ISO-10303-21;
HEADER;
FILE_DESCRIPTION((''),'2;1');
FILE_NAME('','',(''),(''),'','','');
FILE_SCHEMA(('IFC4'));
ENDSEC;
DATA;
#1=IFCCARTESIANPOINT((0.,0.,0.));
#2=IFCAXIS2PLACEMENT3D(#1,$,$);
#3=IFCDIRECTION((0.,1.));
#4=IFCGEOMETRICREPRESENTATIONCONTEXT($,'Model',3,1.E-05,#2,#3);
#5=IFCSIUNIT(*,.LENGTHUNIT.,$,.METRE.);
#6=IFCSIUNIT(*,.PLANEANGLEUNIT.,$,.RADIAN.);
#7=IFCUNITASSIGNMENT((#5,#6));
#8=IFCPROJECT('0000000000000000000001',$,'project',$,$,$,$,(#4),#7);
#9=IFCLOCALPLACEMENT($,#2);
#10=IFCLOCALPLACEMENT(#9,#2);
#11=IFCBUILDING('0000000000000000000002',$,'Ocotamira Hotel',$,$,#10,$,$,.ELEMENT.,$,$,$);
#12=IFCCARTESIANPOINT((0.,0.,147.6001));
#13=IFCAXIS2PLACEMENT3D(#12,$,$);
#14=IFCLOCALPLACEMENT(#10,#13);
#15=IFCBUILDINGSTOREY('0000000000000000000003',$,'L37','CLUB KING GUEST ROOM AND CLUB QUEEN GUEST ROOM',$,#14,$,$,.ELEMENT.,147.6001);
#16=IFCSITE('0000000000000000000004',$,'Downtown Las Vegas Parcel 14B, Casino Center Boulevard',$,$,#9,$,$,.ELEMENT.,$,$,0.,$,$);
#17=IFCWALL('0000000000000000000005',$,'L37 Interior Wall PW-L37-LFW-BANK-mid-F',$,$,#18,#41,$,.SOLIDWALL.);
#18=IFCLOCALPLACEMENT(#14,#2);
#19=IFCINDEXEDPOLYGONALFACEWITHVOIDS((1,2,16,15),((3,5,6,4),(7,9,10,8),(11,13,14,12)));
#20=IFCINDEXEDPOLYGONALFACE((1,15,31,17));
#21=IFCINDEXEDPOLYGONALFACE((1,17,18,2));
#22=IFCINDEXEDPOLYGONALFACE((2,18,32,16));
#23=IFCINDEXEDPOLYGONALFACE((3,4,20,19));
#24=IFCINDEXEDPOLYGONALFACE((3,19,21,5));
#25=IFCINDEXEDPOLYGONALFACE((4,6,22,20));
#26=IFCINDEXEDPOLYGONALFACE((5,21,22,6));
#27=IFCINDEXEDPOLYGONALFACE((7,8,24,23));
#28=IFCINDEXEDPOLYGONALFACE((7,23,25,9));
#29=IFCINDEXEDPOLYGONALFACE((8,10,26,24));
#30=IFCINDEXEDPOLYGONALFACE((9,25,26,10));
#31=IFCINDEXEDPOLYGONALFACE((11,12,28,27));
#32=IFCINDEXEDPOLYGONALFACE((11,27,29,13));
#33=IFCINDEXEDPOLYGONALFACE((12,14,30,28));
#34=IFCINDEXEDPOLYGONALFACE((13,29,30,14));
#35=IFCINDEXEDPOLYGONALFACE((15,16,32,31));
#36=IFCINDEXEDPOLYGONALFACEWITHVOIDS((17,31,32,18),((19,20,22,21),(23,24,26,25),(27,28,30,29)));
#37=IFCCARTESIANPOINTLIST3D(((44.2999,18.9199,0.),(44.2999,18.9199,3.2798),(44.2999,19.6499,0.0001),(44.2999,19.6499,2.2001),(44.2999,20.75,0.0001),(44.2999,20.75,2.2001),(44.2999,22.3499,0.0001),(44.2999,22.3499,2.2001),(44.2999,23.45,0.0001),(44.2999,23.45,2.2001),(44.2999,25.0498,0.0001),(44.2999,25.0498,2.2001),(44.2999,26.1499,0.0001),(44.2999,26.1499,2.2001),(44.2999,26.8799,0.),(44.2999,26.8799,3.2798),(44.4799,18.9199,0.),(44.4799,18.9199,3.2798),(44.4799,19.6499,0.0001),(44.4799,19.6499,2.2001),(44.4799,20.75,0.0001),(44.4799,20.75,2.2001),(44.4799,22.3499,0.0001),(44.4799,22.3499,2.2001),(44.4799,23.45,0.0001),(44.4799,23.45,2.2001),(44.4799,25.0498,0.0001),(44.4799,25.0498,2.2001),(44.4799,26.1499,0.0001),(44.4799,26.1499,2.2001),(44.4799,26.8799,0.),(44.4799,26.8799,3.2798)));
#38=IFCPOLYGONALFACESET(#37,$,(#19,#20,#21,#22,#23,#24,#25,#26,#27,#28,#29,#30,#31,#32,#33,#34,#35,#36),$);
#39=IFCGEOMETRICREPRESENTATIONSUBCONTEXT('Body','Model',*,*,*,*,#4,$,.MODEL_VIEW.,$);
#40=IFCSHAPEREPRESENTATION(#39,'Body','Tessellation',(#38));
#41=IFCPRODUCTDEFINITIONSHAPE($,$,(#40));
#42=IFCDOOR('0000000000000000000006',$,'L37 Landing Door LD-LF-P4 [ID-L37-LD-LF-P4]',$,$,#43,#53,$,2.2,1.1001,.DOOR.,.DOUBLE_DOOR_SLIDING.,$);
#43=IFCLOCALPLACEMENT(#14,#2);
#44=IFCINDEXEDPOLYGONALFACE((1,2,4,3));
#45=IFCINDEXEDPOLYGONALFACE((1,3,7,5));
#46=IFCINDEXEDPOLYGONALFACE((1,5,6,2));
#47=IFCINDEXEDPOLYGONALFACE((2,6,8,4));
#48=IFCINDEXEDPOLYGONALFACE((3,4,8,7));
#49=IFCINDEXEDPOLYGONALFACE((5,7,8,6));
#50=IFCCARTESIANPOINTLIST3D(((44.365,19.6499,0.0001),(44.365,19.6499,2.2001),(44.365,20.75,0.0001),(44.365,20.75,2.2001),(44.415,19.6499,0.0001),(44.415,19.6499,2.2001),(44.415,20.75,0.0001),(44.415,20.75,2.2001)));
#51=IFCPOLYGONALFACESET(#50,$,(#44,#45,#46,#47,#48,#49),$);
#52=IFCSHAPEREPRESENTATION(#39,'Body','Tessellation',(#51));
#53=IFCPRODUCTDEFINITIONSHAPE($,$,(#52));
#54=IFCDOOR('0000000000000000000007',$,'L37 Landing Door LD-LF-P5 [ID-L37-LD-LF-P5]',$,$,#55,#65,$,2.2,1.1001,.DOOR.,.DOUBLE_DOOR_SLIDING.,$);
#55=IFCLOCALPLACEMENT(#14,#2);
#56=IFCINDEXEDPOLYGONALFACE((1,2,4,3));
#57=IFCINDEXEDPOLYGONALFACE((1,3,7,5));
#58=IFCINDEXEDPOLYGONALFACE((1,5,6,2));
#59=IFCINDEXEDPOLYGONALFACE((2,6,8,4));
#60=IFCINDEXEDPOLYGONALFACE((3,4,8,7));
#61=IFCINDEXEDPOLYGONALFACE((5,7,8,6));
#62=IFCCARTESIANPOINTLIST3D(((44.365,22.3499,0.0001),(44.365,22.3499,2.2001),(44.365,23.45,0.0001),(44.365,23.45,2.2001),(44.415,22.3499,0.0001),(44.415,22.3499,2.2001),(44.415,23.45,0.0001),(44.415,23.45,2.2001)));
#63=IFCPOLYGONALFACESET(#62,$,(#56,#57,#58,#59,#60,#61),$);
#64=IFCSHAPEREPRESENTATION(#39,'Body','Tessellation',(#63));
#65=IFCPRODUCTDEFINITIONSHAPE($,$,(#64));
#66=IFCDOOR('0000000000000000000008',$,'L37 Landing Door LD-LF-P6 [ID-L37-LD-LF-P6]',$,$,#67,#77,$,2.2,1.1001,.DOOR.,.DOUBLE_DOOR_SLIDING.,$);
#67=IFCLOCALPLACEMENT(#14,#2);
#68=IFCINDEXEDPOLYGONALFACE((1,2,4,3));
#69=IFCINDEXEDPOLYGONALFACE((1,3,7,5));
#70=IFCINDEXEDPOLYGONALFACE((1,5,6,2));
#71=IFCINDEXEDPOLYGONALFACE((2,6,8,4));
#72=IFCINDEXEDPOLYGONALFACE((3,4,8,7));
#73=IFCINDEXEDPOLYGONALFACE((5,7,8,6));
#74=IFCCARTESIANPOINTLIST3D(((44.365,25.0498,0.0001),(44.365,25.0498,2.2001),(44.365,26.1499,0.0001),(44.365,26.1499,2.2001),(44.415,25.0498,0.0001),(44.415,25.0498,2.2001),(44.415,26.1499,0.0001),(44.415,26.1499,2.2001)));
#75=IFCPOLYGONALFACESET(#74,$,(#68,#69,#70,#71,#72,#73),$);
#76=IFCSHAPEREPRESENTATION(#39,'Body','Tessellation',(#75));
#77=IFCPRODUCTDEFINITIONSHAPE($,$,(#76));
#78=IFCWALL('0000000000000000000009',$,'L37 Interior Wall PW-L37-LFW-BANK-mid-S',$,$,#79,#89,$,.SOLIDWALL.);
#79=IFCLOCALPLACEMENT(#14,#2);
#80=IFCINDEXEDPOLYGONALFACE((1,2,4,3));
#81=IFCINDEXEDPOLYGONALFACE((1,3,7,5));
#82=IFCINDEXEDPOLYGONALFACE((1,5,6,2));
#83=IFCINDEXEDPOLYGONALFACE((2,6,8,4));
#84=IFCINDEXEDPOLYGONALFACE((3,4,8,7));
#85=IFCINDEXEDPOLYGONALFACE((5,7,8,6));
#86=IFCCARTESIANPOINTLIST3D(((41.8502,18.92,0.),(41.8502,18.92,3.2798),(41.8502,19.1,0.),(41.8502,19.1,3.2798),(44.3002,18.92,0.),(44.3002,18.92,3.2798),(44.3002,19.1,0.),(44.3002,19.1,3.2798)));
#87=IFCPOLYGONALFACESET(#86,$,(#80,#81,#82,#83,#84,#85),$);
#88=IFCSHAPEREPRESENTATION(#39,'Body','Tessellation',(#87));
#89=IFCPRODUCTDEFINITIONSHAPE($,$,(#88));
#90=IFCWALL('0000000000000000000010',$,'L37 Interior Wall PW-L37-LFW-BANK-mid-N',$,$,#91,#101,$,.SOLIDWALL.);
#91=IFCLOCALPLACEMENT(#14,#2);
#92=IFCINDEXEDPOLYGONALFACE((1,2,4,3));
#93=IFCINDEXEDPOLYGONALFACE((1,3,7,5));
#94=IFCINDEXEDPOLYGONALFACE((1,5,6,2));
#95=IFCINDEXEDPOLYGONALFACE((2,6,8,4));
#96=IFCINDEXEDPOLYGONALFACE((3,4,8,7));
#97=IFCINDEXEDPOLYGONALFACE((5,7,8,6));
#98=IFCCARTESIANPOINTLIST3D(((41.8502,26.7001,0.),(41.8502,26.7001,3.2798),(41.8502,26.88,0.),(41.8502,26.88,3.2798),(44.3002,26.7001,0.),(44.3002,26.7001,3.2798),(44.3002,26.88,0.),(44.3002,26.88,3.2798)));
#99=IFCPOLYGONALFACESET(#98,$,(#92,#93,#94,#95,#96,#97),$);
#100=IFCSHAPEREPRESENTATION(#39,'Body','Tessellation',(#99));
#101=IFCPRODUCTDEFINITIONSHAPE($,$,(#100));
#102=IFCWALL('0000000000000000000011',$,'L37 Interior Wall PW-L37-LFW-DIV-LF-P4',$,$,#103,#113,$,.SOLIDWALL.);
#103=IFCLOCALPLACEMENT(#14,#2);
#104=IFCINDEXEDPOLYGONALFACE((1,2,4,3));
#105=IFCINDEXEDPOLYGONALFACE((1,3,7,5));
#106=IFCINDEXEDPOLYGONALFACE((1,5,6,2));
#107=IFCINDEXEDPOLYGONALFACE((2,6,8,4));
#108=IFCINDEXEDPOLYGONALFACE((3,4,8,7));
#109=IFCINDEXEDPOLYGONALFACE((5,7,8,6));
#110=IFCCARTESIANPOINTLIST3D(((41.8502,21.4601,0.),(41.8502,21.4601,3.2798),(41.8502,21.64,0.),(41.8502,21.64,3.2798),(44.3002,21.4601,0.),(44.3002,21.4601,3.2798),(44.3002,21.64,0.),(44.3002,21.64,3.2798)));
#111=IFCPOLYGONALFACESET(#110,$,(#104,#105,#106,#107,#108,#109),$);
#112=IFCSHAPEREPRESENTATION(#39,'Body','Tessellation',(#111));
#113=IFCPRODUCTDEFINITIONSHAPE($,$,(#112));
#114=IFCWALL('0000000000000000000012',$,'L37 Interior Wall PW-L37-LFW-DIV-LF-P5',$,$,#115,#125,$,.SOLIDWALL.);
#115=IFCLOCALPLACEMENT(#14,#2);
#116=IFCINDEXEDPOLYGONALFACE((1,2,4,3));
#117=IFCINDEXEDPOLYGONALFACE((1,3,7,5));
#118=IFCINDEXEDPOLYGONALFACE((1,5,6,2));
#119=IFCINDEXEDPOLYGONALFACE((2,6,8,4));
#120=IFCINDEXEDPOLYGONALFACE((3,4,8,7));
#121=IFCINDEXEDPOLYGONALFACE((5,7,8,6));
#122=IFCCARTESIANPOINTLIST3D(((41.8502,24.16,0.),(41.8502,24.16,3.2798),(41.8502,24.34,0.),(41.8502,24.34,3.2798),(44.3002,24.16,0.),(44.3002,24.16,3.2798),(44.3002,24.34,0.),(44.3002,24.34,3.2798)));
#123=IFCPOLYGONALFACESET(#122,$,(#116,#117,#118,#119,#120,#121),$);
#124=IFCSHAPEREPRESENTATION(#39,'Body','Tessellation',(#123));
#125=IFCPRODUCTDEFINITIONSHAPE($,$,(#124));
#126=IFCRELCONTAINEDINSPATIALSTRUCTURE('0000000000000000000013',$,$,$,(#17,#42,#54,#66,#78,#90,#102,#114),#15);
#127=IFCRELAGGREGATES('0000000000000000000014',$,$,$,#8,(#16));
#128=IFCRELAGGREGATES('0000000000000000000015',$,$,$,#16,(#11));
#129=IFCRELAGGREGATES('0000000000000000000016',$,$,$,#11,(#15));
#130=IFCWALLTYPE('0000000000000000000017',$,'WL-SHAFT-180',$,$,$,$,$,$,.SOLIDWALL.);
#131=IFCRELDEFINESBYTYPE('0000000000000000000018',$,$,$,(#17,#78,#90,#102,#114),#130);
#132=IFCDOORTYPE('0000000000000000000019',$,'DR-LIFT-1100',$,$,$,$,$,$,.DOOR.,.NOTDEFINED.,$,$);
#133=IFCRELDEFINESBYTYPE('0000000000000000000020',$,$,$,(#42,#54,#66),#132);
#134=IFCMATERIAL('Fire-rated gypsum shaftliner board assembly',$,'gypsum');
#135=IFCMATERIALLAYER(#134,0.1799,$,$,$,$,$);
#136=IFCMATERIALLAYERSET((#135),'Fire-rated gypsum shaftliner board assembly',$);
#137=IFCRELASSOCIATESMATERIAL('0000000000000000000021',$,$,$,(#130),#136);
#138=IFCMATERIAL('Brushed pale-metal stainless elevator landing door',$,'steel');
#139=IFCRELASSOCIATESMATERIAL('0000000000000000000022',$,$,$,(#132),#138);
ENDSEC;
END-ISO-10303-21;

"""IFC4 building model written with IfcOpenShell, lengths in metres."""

from ifc_helpers import new_model, si_unit, direction, frame, frame_2d, origin, place, context, subcontext, project, spatial, rectangle, extrude, source, transform, mapped, material, layer, layer_set, type_object, element, fill, save


model = new_model("IFC4")

# Units and contexts
model_context = context("Model", 3, precision=1e-05, world=origin(), true_north=direction((0.0, 1.0)))
body_context = subcontext(model_context, "Body", "Model", "MODEL_VIEW")
ifc_project = project(units=[si_unit("LENGTHUNIT", "METRE"), si_unit("PLANEANGLEUNIT", "RADIAN")], contexts=[model_context])

# Site, building, storey
site_placement = place(None, origin())
site = spatial("IfcSite", under=ifc_project, at=site_placement, Name="Downtown Las Vegas Parcel 14B, Casino Center Boulevard", CompositionType="ELEMENT", RefElevation=0.0)
building_placement = place(site_placement, origin())
building = spatial("IfcBuilding", under=site, at=building_placement, Name="Ocotamira Hotel", CompositionType="ELEMENT")
storey_placement = place(building_placement, frame((0.0, 0.0, 147.6001)))
storey = spatial("IfcBuildingStorey", under=building, at=storey_placement, Name="L37", Description="CLUB KING GUEST ROOM AND CLUB QUEEN GUEST ROOM", CompositionType="ELEMENT", Elevation=147.6001)

# Wall, openings, doors
ifc_material_1 = material(Name="Fire-rated gypsum shaftliner board assembly", Category="gypsum")
ifc_layer_1 = layer(ifc_material_1, 0.1799)
ifc_layer_set_1 = layer_set([ifc_layer_1], Name="Fire-rated gypsum shaftliner board assembly")
wall_type_1 = type_object("IfcWallType", Name="WL-SHAFT-180", PredefinedType="SOLIDWALL", material=ifc_layer_set_1)
wall_1_placement = place(storey_placement, frame((44.3899, 18.9199, 0.0), z_axis=(0.0, 0.0, 1.0), x_axis=(0.0, 1.0, 0.0)))
wall_1 = element("IfcWall", 1, at=wall_1_placement, inside=storey, type_object=wall_type_1, Name="L37 Interior Wall PW-L37-LFW-BANK-mid-F", PredefinedType="SOLIDWALL", context=body_context, shape_type="SweptSolid", body=[
    extrude(rectangle(XDim=7.96, YDim=0.1799, at=frame_2d((3.98, 0.0))), origin(), (0.0, 0.0, 1.0), 3.2798),
])
opening_1_placement = place(wall_1_placement, frame((0.73, 0.0, 0.0)))
opening_1 = element("IfcOpeningElement", 2, at=opening_1_placement, cuts=wall_1, PredefinedType="OPENING", context=body_context, shape_type="SweptSolid", body=[
    extrude(rectangle(XDim=1.1001, YDim=2.2, at=frame_2d((0.55, 1.1001))), frame((0.0, 0.1001, 0.0), z_axis=(0.0, -1.0, 0.0), x_axis=(1.0, 0.0, 0.0)), (0.0, 0.0, 1.0), 0.2),
])
opening_2_placement = place(wall_1_placement, frame((3.4299, 0.0, 0.0)))
opening_2 = element("IfcOpeningElement", 3, at=opening_2_placement, cuts=wall_1, PredefinedType="OPENING", context=body_context, shape_type="SweptSolid", body=[
    extrude(rectangle(XDim=1.1001, YDim=2.2, at=frame_2d((0.55, 1.1001))), frame((0.0, 0.1001, 0.0), z_axis=(0.0, -1.0, 0.0), x_axis=(1.0, 0.0, 0.0)), (0.0, 0.0, 1.0), 0.2),
])
opening_3_placement = place(wall_1_placement, frame((6.1299, 0.0, 0.0)))
opening_3 = element("IfcOpeningElement", 4, at=opening_3_placement, cuts=wall_1, PredefinedType="OPENING", context=body_context, shape_type="SweptSolid", body=[
    extrude(rectangle(XDim=1.1001, YDim=2.2, at=frame_2d((0.55, 1.1001))), frame((0.0, 0.1001, 0.0), z_axis=(0.0, -1.0, 0.0), x_axis=(1.0, 0.0, 0.0)), (0.0, 0.0, 1.0), 0.2),
])
ifc_material_2 = material(Name="Brushed pale-metal stainless elevator landing door", Category="steel")
door_type_1 = type_object("IfcDoorType", Name="DR-LIFT-1100", OperationType="NOTDEFINED", PredefinedType="DOOR", material=ifc_material_2)
shared_shape_1 = source(origin(), body_context, "Body", "SweptSolid", [
    extrude(rectangle(XDim=1.1001, YDim=2.2, at=frame_2d((0.55, 1.1001))), frame((0.0, 0.0249, 0.0), z_axis=(0.0, -1.0, 0.0), x_axis=(1.0, 0.0, 0.0)), (0.0, 0.0, 1.0), 0.05),
])
door_1_placement = place(opening_1_placement, origin())
door_1 = element("IfcDoor", 5, at=door_1_placement, inside=storey, type_object=door_type_1, Name="L37 Landing Door LD-LF-P4 [ID-L37-LD-LF-P4]", OperationType="DOUBLE_DOOR_SLIDING", OverallHeight=2.2, OverallWidth=1.1001, PredefinedType="DOOR", context=body_context, shape_type="MappedRepresentation", body=[
    mapped(shared_shape_1, transform((0.0, 0.0, 0.0), scale=1.0)),
])
fill(opening_1, door_1)
door_2_placement = place(opening_2_placement, origin())
door_2 = element("IfcDoor", 6, at=door_2_placement, inside=storey, type_object=door_type_1, Name="L37 Landing Door LD-LF-P5 [ID-L37-LD-LF-P5]", OperationType="DOUBLE_DOOR_SLIDING", OverallHeight=2.2, OverallWidth=1.1001, PredefinedType="DOOR", context=body_context, shape_type="MappedRepresentation", body=[
    mapped(shared_shape_1, transform((0.0, 0.0, 0.0), scale=1.0)),
])
fill(opening_2, door_2)
door_3_placement = place(opening_3_placement, origin())
door_3 = element("IfcDoor", 7, at=door_3_placement, inside=storey, type_object=door_type_1, Name="L37 Landing Door LD-LF-P6 [ID-L37-LD-LF-P6]", OperationType="DOUBLE_DOOR_SLIDING", OverallHeight=2.2, OverallWidth=1.1001, PredefinedType="DOOR", context=body_context, shape_type="MappedRepresentation", body=[
    mapped(shared_shape_1, transform((0.0, 0.0, 0.0), scale=1.0)),
])
fill(opening_3, door_3)

# Walls
for number, where, z_axis, x_axis, name in (
    (8, (41.8501, 19.01, 0.0), (0.0, 0.0, 1.0), (1.0, 0.0, 0.0), "L37 Interior Wall PW-L37-LFW-BANK-mid-S"),
    (9, (41.8501, 26.79, 0.0), (0.0, 0.0, 1.0), (1.0, 0.0, 0.0), "L37 Interior Wall PW-L37-LFW-BANK-mid-N"),
    (10, (41.8501, 21.55, 0.0), (0.0, 0.0, 1.0), (1.0, 0.0, 0.0), "L37 Interior Wall PW-L37-LFW-DIV-LF-P4"),
    (11, (41.8501, 24.25, 0.0), (0.0, 0.0, 1.0), (1.0, 0.0, 0.0), "L37 Interior Wall PW-L37-LFW-DIV-LF-P5"),
):
    element("IfcWall", number, at=place(storey_placement, frame(where, z_axis=z_axis, x_axis=x_axis)), inside=storey, type_object=wall_type_1, Name=name, PredefinedType="SOLIDWALL", context=body_context, shape_type="SweptSolid", body=[
        extrude(rectangle(XDim=2.45, YDim=0.1799, at=frame_2d((1.2251, 0.0))), origin(), (0.0, 0.0, 1.0), 3.2798),
    ])

save(model, "model.ifc")
